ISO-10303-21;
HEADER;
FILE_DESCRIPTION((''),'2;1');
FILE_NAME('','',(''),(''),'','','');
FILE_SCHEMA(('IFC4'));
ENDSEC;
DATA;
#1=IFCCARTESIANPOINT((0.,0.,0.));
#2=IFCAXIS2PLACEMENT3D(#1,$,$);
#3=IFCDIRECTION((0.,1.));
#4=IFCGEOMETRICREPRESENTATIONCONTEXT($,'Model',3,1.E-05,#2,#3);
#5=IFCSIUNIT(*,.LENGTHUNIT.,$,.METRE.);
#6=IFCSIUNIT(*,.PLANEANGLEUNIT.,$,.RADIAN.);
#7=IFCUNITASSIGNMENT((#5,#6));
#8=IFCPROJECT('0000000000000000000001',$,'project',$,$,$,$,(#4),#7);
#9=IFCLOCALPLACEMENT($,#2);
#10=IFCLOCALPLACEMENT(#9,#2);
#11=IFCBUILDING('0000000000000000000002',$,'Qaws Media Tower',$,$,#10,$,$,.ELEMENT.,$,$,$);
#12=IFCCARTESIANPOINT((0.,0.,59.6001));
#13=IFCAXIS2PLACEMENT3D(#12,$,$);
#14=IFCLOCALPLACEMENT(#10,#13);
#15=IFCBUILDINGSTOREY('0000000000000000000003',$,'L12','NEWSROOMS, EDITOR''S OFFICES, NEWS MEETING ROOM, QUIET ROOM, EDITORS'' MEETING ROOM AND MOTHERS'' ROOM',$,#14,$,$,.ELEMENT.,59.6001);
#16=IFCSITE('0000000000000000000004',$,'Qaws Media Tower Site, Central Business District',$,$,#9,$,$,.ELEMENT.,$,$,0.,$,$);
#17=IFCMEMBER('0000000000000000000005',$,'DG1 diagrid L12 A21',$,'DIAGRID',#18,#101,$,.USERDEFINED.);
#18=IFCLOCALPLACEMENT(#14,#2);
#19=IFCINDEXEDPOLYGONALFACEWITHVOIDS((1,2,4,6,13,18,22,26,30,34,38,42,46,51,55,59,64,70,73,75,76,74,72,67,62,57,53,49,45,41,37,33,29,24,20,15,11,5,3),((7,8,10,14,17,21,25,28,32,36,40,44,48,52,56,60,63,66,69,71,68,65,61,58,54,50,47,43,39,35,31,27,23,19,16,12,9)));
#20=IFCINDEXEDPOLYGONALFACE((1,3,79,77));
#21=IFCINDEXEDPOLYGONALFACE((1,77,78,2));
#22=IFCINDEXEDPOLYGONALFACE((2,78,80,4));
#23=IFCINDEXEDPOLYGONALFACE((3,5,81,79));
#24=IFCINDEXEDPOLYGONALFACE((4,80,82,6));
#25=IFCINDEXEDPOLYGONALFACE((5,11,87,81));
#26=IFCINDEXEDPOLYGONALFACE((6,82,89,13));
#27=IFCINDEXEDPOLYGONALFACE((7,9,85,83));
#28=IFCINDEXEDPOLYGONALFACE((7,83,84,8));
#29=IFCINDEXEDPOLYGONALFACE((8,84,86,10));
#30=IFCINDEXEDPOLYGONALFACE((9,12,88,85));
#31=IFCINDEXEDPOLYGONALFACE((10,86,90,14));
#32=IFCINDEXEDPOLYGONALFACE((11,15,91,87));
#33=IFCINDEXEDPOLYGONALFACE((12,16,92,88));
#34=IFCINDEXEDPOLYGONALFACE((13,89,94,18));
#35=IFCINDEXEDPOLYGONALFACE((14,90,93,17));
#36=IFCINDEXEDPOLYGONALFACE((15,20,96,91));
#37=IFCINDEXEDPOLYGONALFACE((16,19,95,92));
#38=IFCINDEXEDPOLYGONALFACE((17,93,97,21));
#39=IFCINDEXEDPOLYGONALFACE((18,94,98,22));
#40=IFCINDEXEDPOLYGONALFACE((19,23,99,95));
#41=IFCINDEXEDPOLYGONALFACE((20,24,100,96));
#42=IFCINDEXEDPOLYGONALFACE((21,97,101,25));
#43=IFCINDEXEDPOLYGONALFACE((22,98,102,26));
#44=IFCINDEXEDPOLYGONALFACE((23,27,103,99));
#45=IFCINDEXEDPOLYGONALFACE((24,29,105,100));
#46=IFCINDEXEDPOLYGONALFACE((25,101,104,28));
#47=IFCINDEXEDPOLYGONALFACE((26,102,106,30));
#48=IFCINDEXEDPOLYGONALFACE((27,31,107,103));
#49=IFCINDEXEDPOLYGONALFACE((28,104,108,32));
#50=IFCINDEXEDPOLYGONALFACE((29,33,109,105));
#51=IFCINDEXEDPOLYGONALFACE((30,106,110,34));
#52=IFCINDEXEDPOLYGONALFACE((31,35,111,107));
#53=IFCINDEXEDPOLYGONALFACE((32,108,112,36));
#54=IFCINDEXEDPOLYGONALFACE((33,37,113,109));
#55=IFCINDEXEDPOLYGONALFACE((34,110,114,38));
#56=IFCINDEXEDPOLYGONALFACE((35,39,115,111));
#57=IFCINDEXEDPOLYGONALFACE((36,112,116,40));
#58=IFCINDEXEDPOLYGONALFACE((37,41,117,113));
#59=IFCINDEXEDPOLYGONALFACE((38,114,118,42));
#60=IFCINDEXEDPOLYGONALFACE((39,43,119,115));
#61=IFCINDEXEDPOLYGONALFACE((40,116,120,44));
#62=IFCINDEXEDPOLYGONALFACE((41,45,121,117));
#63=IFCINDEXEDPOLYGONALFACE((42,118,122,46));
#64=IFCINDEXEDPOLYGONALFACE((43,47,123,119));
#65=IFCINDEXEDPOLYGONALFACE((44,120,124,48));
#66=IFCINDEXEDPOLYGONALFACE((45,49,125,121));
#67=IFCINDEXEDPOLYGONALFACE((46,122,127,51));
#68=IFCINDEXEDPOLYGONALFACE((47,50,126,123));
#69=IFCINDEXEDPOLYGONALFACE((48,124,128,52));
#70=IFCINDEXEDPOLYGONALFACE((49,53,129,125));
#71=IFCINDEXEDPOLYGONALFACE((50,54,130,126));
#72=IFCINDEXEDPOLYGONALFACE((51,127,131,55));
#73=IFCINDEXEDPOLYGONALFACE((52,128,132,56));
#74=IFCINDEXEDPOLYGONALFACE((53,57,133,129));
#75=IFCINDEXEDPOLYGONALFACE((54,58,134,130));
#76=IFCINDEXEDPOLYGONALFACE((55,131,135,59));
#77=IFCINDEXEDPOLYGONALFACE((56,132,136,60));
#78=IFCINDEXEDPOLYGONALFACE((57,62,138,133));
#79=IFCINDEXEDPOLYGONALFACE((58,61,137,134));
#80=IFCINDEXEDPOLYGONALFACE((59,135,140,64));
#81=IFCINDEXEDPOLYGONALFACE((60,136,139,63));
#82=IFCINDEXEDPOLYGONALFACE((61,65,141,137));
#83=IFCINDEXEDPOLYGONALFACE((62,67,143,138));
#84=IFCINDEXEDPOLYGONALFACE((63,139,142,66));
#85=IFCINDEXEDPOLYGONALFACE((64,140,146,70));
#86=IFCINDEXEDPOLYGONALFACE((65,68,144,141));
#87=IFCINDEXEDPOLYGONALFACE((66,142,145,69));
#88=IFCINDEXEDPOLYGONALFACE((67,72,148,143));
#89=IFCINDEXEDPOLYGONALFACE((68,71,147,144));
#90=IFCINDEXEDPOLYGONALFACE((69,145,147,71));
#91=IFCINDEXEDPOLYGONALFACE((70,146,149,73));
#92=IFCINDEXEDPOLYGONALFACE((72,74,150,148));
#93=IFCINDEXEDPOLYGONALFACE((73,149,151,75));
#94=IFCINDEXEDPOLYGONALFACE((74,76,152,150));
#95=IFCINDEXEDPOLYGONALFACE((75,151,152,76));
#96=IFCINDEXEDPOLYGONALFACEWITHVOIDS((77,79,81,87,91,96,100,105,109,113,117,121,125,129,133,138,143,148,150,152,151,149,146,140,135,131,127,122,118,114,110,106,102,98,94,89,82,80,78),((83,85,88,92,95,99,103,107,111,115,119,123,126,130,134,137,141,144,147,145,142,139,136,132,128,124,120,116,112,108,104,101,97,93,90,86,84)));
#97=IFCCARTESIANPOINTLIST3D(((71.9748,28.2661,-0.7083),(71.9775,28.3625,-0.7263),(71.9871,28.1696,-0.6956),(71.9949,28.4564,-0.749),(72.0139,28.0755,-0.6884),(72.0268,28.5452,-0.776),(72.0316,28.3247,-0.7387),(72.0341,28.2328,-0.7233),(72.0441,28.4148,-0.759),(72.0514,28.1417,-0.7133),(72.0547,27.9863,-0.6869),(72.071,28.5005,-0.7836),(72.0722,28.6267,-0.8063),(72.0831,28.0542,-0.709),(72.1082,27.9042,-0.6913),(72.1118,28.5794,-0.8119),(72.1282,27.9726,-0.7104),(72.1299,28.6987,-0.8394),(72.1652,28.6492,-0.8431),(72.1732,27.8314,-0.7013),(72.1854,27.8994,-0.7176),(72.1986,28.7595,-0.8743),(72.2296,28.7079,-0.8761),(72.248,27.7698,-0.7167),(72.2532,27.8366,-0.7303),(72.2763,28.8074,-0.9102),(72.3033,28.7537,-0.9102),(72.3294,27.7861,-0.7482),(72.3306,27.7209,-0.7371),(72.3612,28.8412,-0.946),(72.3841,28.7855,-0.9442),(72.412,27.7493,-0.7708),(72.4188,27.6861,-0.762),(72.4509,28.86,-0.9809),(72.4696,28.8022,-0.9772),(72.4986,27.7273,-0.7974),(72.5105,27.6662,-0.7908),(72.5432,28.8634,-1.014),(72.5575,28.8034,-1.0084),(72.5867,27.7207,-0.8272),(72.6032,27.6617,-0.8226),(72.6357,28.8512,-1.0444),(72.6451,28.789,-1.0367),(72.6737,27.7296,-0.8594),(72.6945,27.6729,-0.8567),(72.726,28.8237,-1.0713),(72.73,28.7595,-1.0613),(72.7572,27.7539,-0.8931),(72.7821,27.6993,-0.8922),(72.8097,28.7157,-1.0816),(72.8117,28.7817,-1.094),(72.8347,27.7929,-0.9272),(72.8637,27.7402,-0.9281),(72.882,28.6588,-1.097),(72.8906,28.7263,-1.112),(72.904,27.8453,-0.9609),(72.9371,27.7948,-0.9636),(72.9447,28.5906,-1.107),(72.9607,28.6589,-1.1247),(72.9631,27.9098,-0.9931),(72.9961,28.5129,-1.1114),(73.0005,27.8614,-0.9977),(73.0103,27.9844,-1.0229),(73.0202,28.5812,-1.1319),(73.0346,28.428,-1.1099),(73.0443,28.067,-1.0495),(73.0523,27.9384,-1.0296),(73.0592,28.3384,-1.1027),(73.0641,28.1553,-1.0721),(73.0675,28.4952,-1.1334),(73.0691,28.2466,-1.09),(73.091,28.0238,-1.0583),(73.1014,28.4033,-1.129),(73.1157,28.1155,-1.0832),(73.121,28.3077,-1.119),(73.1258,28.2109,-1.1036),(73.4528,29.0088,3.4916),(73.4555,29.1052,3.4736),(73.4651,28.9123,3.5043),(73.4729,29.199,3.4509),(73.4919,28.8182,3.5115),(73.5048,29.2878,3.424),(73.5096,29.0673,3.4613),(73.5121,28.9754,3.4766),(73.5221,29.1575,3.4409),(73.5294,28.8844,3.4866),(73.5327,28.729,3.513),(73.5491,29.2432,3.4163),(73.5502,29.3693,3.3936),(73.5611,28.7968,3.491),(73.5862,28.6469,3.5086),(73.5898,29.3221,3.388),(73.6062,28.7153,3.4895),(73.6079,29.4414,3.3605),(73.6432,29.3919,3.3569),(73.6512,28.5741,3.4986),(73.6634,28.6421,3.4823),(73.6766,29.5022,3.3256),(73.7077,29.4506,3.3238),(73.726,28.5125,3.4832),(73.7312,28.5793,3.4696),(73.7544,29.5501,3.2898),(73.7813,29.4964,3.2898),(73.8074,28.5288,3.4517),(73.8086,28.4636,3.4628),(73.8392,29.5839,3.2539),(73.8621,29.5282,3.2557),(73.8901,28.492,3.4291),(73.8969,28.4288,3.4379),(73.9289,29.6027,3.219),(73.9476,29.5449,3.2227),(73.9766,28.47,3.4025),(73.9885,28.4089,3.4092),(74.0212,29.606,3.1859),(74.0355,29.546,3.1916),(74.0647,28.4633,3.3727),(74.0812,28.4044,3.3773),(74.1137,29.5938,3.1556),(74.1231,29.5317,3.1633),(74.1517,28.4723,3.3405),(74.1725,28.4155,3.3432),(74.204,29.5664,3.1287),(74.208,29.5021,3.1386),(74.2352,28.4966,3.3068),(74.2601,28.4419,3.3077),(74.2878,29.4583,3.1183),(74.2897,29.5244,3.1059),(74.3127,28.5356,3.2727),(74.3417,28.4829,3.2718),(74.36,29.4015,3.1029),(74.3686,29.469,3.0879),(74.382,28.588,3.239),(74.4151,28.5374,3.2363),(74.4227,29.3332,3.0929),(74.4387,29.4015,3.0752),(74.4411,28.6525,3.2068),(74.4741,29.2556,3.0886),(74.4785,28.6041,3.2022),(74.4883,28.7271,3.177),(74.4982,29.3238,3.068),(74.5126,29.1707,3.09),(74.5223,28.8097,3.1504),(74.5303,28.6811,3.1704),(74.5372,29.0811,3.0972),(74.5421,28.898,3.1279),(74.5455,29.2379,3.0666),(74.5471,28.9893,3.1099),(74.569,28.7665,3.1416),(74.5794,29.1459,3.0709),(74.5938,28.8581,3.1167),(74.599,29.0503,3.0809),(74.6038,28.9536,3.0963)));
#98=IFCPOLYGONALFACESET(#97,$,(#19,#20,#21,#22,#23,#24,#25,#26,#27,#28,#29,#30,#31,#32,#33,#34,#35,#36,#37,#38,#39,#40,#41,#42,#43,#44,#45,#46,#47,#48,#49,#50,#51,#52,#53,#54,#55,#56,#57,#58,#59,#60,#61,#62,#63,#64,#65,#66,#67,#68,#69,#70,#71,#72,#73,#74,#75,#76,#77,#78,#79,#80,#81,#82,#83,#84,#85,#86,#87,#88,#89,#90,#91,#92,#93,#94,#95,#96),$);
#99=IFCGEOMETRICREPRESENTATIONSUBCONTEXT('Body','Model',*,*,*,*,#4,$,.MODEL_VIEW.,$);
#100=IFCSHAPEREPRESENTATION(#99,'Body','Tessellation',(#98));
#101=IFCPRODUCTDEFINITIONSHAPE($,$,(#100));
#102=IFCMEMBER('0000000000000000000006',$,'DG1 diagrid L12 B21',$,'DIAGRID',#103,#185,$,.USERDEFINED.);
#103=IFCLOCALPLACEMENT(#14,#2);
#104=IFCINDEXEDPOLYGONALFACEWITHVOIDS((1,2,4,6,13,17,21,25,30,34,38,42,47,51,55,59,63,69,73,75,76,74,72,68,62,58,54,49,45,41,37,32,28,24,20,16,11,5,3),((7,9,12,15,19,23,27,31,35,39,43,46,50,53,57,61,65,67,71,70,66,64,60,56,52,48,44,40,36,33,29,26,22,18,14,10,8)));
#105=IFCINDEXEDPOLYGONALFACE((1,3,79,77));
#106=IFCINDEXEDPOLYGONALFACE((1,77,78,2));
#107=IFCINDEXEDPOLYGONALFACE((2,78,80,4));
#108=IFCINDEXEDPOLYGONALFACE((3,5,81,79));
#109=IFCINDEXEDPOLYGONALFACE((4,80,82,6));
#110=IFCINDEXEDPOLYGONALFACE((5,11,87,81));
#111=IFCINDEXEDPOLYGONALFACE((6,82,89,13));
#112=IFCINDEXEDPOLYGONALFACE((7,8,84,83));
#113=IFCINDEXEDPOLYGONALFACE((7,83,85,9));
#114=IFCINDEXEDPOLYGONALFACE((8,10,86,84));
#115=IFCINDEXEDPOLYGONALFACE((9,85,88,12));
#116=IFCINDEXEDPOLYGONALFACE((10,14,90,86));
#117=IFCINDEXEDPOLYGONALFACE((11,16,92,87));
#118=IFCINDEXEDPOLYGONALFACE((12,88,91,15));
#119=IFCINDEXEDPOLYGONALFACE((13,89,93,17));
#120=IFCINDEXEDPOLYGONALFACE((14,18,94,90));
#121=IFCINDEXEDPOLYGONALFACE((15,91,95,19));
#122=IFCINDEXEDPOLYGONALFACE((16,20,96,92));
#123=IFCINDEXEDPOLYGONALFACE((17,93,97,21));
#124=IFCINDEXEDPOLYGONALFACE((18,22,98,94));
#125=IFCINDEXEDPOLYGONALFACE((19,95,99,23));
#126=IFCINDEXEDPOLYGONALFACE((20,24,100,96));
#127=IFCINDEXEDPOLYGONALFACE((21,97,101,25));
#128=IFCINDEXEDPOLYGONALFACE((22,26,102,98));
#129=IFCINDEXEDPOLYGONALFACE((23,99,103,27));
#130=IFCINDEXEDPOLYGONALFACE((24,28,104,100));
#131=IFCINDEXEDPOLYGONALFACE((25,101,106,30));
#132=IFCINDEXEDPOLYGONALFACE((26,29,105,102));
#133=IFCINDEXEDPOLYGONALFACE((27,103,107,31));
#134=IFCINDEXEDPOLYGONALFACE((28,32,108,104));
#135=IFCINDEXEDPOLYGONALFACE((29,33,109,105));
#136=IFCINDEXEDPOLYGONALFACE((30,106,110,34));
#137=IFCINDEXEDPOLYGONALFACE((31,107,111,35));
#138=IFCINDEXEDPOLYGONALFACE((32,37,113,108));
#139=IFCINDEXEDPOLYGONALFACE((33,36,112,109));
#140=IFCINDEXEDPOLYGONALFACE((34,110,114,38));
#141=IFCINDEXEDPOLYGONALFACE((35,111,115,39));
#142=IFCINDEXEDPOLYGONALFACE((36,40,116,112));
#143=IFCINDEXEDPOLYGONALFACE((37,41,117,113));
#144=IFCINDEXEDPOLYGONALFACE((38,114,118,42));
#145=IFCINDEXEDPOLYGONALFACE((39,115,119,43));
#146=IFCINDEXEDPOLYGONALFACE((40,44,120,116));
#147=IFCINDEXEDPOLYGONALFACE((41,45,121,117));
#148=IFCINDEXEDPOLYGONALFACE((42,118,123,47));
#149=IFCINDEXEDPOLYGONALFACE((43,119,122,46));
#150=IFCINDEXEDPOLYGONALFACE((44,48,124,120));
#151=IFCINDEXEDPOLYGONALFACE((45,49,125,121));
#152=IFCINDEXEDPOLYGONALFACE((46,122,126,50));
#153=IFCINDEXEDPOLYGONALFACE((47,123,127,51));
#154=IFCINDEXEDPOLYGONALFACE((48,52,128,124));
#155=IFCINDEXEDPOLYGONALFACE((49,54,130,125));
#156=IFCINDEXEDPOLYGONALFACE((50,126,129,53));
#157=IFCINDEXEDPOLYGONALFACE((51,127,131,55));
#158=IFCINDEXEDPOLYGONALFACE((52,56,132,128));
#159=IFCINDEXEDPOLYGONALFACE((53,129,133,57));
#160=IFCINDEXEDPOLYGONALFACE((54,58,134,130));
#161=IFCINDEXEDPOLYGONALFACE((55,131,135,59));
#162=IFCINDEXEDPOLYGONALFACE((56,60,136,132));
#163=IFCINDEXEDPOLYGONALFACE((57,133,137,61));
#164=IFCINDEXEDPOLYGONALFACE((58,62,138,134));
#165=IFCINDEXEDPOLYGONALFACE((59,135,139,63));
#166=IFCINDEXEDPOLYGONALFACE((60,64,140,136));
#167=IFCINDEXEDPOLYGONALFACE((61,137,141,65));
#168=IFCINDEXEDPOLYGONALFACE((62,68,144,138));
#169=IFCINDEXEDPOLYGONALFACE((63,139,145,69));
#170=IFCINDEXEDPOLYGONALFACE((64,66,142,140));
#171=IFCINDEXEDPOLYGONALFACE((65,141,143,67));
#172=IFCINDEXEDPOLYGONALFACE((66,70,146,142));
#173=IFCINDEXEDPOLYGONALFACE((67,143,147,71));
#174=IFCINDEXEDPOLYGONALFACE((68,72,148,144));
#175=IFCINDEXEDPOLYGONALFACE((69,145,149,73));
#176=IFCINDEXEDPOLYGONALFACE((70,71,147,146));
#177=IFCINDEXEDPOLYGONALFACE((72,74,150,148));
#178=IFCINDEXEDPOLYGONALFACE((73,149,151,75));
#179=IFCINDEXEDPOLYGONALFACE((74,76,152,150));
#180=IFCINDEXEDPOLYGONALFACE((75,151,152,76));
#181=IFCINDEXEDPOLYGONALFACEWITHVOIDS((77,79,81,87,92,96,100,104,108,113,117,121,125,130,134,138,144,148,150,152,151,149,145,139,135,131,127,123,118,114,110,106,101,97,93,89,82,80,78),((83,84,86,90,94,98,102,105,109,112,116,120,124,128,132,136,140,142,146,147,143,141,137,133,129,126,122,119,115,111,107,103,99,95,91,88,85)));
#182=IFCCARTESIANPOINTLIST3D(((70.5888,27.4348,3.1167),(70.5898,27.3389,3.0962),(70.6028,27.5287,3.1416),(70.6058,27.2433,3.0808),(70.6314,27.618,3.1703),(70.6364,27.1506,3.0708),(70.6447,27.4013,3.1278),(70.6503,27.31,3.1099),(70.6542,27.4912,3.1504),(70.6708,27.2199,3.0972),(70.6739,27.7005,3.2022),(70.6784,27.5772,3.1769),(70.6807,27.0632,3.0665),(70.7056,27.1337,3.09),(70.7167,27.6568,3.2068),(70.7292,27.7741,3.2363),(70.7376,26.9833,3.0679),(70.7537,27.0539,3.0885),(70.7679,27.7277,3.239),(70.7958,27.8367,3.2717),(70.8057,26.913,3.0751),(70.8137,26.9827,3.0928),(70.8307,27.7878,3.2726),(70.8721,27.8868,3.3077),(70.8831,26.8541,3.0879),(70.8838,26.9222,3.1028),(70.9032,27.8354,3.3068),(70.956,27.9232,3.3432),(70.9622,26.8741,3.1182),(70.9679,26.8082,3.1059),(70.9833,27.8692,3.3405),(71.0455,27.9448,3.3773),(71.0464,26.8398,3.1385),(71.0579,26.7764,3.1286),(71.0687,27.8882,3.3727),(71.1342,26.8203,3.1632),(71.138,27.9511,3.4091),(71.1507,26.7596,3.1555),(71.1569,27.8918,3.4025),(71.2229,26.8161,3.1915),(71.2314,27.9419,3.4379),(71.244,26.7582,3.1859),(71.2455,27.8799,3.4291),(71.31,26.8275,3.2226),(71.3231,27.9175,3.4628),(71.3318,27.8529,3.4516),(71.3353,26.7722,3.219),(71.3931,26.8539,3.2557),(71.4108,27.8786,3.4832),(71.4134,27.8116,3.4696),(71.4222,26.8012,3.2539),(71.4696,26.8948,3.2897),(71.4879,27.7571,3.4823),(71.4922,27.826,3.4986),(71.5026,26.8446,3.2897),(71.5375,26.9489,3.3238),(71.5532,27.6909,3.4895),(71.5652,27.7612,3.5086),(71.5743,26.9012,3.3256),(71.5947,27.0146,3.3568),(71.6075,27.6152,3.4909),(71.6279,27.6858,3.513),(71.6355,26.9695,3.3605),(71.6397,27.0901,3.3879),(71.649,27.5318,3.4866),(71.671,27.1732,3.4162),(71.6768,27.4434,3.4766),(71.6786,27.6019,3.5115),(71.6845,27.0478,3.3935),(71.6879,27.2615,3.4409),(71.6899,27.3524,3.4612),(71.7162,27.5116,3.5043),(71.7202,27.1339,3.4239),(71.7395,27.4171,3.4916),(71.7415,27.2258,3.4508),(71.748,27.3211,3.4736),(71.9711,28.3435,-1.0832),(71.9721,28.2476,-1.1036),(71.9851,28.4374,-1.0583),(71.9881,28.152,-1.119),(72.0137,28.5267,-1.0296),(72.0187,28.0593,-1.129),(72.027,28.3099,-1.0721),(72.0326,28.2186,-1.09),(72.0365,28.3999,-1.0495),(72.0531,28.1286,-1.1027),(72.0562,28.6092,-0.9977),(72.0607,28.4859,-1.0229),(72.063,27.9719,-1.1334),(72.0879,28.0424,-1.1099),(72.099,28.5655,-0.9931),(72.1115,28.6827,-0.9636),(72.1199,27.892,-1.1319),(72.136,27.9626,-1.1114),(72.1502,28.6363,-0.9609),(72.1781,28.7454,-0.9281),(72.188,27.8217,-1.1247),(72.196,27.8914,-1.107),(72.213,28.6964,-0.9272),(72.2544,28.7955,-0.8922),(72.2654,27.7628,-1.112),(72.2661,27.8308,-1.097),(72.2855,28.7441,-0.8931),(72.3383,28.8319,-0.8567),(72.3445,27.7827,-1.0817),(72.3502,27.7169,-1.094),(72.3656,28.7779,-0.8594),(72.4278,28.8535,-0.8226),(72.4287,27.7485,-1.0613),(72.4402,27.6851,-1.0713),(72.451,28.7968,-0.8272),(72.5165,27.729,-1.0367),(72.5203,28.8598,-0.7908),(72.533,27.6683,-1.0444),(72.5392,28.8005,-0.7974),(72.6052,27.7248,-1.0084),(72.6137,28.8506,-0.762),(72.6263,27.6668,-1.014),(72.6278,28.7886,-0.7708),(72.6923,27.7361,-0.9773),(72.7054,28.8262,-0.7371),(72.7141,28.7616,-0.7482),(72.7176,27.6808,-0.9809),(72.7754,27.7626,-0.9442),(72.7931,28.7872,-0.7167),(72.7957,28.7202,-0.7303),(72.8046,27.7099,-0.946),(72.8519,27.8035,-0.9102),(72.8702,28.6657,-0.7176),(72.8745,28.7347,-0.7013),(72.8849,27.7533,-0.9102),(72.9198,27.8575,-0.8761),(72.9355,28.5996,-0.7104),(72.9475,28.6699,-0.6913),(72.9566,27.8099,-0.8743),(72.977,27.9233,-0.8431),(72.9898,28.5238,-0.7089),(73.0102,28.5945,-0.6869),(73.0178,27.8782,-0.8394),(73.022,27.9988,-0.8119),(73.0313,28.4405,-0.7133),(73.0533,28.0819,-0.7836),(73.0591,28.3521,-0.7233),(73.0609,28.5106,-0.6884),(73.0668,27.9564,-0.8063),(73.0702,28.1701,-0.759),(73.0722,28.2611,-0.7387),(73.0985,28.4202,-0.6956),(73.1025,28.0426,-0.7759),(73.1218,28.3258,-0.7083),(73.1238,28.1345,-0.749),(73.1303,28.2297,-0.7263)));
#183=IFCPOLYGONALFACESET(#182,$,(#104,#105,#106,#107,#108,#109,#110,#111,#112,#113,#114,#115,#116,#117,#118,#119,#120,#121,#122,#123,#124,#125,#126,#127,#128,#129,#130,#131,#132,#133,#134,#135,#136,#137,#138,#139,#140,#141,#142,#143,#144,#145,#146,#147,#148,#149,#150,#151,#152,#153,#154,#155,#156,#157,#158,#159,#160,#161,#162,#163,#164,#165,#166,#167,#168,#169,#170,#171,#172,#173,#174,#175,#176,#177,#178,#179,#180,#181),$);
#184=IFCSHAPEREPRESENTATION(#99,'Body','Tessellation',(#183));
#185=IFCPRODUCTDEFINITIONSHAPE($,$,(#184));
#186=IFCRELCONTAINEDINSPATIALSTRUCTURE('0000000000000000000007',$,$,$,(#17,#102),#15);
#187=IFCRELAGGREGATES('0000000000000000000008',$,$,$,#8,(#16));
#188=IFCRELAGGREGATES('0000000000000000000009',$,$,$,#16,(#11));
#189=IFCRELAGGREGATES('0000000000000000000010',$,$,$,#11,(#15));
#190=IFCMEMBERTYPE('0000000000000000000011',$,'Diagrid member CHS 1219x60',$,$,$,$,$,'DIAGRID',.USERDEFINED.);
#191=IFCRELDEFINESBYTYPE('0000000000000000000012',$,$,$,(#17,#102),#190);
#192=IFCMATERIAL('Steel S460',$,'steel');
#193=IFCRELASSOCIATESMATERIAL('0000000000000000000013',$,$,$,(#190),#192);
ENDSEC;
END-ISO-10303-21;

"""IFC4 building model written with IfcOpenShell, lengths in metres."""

from ifc_helpers import new_model, si_unit, direction, frame, origin, origin_2d, place, context, subcontext, project, spatial, hollow_circle, extrude, material, material_profile, profile_set, type_object, element, save


model = new_model("IFC4")

# Units and contexts
model_context = context("Model", 3, precision=1e-05, world=origin(), true_north=direction((0.0, 1.0)))
body_context = subcontext(model_context, "Body", "Model", "MODEL_VIEW")
ifc_project = project(units=[si_unit("LENGTHUNIT", "METRE"), si_unit("PLANEANGLEUNIT", "RADIAN")], contexts=[model_context])

# Site, building, storey
site_placement = place(None, origin())
site = spatial("IfcSite", under=ifc_project, at=site_placement, Name="Qaws Media Tower Site, Central Business District", CompositionType="ELEMENT", RefElevation=0.0)
building_placement = place(site_placement, origin())
building = spatial("IfcBuilding", under=site, at=building_placement, Name="Qaws Media Tower", CompositionType="ELEMENT")
storey_placement = place(building_placement, frame((0.0, 0.0, 59.6001)))
storey = spatial("IfcBuildingStorey", under=building, at=storey_placement, Name="L12", Description="NEWSROOMS, EDITOR'S OFFICES, NEWS MEETING ROOM, QUIET ROOM, EDITORS' MEETING ROOM AND MOTHERS' ROOM", CompositionType="ELEMENT", Elevation=59.6001)

# Members
ifc_material_1 = material(Name="Steel S460", Category="steel")
ifc_material_profile_1 = material_profile(ifc_material_1, hollow_circle(Radius=0.6096, WallThickness=0.0601, at=origin_2d()), Name="CHS 1219x60")
ifc_profile_set_1 = profile_set([ifc_material_profile_1], Name="Steel S460")
member_type_1 = type_object("IfcMemberType", Name="Diagrid member CHS 1219x60", ElementType="DIAGRID", PredefinedType="USERDEFINED", material=ifc_profile_set_1)
for number, where, z_axis, x_axis, name in (
    (1, (72.55, 28.2627, -0.9102), (0.327436, 0.164529, 0.930439), (-0.448984, 0.89354, 0.0), "DG1 diagrid L12 A21"),
    (2, (72.55, 28.2627, -0.9102), (-0.306231, -0.201305, 0.930429), (0.549307, -0.83562, 0.0), "DG1 diagrid L12 B21"),
):
    element("IfcMember", number, at=place(storey_placement, frame(where, z_axis=z_axis, x_axis=x_axis)), inside=storey, type_object=member_type_1, Name=name, ObjectType="DIAGRID", PredefinedType="USERDEFINED", context=body_context, shape_type="SweptSolid", body=[
        extrude(hollow_circle(Radius=0.6096, WallThickness=0.0601, at=origin_2d()), origin(), (0.0, 0.0, 1.0), 4.5139),
    ])

save(model, "model.ifc")
